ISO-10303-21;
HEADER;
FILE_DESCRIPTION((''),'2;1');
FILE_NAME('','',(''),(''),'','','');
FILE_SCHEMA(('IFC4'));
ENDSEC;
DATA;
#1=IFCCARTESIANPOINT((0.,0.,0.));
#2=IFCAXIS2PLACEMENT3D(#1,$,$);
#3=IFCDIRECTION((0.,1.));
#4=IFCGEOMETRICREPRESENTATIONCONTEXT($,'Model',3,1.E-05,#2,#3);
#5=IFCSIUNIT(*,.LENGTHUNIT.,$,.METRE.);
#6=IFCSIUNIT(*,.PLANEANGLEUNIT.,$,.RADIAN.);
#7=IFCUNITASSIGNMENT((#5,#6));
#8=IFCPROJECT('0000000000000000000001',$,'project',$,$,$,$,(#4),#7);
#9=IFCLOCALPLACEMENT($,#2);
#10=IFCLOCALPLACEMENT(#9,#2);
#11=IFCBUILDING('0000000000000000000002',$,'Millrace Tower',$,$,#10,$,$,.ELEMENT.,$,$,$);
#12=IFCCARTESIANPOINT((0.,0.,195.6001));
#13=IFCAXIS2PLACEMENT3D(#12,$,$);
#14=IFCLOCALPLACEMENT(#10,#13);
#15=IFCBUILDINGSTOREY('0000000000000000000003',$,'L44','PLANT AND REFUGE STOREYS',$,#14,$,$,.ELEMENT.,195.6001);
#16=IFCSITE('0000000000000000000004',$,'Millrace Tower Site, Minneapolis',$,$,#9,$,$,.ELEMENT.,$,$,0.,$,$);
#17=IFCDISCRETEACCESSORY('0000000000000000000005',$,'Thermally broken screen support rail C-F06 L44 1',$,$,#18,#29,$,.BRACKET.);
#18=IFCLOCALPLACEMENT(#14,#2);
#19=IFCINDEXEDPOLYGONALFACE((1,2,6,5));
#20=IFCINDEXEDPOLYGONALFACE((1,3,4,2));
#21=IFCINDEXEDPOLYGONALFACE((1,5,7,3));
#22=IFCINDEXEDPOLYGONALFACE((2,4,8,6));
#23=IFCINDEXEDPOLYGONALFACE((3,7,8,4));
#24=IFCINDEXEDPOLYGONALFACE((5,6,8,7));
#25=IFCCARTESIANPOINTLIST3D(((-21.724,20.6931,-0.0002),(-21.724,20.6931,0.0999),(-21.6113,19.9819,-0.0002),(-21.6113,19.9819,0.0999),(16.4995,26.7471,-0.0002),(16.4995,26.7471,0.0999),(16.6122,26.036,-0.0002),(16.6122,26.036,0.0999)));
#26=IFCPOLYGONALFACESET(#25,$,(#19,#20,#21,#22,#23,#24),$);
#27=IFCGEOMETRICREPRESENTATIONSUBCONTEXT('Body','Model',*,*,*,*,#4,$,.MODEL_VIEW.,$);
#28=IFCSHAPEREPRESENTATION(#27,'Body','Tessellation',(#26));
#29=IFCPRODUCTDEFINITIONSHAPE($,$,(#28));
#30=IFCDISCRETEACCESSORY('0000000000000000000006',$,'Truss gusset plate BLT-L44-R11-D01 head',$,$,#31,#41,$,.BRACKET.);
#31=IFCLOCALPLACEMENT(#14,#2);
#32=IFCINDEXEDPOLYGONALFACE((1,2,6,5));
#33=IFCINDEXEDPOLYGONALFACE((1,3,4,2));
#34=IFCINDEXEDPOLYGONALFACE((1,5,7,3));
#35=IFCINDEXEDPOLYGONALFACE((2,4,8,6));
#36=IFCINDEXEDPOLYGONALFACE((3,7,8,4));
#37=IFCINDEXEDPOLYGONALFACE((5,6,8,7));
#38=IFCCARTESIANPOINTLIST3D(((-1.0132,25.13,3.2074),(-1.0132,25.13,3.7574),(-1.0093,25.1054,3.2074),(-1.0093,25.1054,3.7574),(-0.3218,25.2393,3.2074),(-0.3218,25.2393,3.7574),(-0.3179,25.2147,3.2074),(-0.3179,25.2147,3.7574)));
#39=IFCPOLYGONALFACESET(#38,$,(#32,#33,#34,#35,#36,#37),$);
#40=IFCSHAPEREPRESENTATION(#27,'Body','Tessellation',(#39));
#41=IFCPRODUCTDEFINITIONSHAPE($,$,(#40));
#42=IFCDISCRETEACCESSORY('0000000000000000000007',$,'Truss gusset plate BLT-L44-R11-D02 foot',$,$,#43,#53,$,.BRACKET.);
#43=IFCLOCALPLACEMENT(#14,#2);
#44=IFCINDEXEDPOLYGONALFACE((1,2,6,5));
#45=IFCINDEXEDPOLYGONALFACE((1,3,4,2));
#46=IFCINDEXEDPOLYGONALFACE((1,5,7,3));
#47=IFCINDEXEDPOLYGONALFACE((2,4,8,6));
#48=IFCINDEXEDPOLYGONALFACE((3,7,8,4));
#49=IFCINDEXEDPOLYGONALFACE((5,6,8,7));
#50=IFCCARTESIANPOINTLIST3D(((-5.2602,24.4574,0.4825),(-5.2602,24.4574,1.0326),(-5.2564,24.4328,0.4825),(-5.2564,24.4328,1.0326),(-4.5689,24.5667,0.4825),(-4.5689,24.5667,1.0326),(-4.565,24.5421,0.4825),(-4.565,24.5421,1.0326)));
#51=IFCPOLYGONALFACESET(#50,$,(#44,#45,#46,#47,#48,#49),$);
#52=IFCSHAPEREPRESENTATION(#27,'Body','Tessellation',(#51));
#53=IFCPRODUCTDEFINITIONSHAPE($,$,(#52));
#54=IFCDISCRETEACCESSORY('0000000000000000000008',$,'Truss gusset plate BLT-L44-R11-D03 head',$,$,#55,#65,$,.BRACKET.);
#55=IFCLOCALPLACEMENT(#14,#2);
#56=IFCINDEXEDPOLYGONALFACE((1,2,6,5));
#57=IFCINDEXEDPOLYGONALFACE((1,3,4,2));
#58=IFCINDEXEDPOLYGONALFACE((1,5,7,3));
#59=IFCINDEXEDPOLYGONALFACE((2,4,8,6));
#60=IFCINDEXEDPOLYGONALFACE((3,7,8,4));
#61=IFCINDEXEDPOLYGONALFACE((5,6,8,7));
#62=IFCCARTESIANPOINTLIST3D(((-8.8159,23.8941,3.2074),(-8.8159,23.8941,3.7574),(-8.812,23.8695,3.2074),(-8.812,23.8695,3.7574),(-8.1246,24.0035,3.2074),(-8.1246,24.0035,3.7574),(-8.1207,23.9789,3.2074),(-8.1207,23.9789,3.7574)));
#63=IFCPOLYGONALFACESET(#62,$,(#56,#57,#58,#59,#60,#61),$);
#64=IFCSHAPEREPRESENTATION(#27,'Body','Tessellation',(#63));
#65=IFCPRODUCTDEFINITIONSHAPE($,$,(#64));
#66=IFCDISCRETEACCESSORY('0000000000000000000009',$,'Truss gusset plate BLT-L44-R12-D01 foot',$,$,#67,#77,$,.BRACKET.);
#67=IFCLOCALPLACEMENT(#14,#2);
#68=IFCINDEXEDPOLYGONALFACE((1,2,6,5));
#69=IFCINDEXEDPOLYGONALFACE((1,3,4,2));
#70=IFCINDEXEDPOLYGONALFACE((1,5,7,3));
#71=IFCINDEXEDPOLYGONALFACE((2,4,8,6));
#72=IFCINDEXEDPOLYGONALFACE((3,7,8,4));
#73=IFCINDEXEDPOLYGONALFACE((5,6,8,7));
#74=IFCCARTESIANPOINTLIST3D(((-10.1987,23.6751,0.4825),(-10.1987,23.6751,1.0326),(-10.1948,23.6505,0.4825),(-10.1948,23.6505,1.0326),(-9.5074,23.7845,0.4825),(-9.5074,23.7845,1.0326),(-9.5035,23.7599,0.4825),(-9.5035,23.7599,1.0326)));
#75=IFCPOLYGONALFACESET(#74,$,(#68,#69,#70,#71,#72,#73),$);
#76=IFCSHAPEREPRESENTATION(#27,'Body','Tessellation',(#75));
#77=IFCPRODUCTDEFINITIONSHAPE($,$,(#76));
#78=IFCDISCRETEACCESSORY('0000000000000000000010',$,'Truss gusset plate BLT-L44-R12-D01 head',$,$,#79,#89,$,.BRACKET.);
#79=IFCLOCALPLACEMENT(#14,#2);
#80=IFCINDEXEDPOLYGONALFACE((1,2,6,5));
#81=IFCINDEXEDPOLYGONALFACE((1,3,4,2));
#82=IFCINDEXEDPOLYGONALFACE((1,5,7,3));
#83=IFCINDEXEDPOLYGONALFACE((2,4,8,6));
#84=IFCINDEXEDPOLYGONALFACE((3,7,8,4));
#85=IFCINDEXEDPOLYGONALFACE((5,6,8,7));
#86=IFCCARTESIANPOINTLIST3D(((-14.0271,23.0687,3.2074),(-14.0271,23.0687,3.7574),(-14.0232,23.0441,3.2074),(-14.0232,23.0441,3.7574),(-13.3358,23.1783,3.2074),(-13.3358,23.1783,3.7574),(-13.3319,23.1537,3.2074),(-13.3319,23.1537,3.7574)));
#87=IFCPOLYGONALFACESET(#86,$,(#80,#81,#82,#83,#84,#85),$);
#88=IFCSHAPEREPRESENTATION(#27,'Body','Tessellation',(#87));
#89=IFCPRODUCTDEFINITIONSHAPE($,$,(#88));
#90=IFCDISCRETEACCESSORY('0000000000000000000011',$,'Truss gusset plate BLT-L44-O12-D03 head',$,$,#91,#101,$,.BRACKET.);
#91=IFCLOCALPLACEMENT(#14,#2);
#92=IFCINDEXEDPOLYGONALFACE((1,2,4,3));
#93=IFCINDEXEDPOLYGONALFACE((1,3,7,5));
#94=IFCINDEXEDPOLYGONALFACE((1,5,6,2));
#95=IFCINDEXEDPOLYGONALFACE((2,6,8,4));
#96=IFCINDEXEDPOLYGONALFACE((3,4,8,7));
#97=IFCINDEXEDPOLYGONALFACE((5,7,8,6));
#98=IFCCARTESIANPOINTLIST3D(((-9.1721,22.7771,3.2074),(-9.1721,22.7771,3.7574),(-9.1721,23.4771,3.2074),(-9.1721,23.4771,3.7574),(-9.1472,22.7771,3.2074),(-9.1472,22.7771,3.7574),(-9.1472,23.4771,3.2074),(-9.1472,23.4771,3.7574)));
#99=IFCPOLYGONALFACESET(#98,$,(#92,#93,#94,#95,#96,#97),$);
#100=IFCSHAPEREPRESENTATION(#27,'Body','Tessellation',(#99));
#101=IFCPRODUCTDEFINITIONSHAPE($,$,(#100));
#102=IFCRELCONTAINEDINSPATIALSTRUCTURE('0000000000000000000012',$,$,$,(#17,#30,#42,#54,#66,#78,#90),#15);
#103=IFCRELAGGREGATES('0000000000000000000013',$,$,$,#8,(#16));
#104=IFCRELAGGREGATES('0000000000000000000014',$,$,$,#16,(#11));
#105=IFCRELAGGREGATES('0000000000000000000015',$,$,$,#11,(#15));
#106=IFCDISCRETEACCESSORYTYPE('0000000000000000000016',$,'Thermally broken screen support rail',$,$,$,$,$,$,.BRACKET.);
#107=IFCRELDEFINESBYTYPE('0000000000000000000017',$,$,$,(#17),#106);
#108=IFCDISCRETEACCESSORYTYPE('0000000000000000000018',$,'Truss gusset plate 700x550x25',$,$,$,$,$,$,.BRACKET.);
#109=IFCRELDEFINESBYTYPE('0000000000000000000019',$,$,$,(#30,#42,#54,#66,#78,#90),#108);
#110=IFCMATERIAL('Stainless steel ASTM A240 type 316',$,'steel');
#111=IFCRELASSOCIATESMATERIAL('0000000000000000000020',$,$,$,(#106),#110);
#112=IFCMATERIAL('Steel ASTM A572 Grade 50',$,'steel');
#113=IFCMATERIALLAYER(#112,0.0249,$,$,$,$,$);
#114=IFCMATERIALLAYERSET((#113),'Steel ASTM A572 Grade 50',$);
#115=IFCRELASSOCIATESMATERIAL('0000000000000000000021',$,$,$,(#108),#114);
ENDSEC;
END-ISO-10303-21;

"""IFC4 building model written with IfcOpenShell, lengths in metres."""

from ifc_helpers import new_model, si_unit, direction, frame, origin, origin_2d, place, context, subcontext, project, spatial, rectangle, extrude, material, layer, layer_set, type_object, element, save


model = new_model("IFC4")

# Units and contexts
model_context = context("Model", 3, precision=1e-05, world=origin(), true_north=direction((0.0, 1.0)))
body_context = subcontext(model_context, "Body", "Model", "MODEL_VIEW")
ifc_project = project(units=[si_unit("LENGTHUNIT", "METRE"), si_unit("PLANEANGLEUNIT", "RADIAN")], contexts=[model_context])

# Site, building, storey
site_placement = place(None, origin())
site = spatial("IfcSite", under=ifc_project, at=site_placement, Name="Millrace Tower Site, Minneapolis", CompositionType="ELEMENT", RefElevation=0.0)
building_placement = place(site_placement, origin())
building = spatial("IfcBuilding", under=site, at=building_placement, Name="Millrace Tower", CompositionType="ELEMENT")
storey_placement = place(building_placement, frame((0.0, 0.0, 195.6001)))
storey = spatial("IfcBuildingStorey", under=building, at=storey_placement, Name="L44", Description="PLANT AND REFUGE STOREYS", CompositionType="ELEMENT", Elevation=195.6001)

# Discrete accessories
ifc_material_1 = material(Name="Stainless steel ASTM A240 type 316", Category="steel")
discrete_accessory_type_1 = type_object("IfcDiscreteAccessoryType", Name="Thermally broken screen support rail", PredefinedType="BRACKET", material=ifc_material_1)
discrete_accessory_placement = place(storey_placement, frame((-2.5559, 23.3645, -0.0002), z_axis=(0.0, 0.0, 1.0), x_axis=(-0.987688, -0.156434, 0.0)))
element("IfcDiscreteAccessory", 1, at=discrete_accessory_placement, inside=storey, type_object=discrete_accessory_type_1, Name="Thermally broken screen support rail C-F06 L44 1", PredefinedType="BRACKET", context=body_context, shape_type="SweptSolid", body=[
    extrude(rectangle(XDim=38.7, YDim=0.72, at=origin_2d()), origin(), (0.0, 0.0, 1.0), 0.1001),
])
ifc_material_2 = material(Name="Steel ASTM A572 Grade 50", Category="steel")
ifc_layer_1 = layer(ifc_material_2, 0.0249)
ifc_layer_set_1 = layer_set([ifc_layer_1], Name="Steel ASTM A572 Grade 50")
discrete_accessory_type_2 = type_object("IfcDiscreteAccessoryType", Name="Truss gusset plate 700x550x25", PredefinedType="BRACKET", material=ifc_layer_set_1)
for number, where, z_axis, x_axis, name in (
    (2, (-1.0112, 25.1177, 3.4824), (0.987718, 0.156249, 0.0), (-0.156249, 0.987718, 0.0), "Truss gusset plate BLT-L44-R11-D01 head"),
    (3, (-5.2583, 24.4451, 0.7576), (0.987718, 0.156249, 0.0), (-0.156249, 0.987718, 0.0), "Truss gusset plate BLT-L44-R11-D02 foot"),
    (4, (-8.814, 23.8818, 3.4824), (0.987718, 0.156249, 0.0), (-0.156249, 0.987718, 0.0), "Truss gusset plate BLT-L44-R11-D03 head"),
    (5, (-10.1968, 23.6628, 0.7576), (0.987718, 0.156249, 0.0), (-0.156249, 0.987718, 0.0), "Truss gusset plate BLT-L44-R12-D01 foot"),
    (6, (-14.0251, 23.0564, 3.4824), (0.987664, 0.156589, 0.0), (-0.156589, 0.987664, 0.0), "Truss gusset plate BLT-L44-R12-D01 head"),
    (7, (-9.1597, 22.7771, 3.4824), (0.0, 1.0, 0.0), (-1.0, 0.0, 0.0), "Truss gusset plate BLT-L44-O12-D03 head"),
):
    element("IfcDiscreteAccessory", number, at=place(storey_placement, frame(where, z_axis=z_axis, x_axis=x_axis)), inside=storey, type_object=discrete_accessory_type_2, Name=name, PredefinedType="BRACKET", context=body_context, shape_type="SweptSolid", body=[
        extrude(rectangle(XDim=0.0249, YDim=0.55, at=origin_2d()), origin(), (0.0, 0.0, 1.0), 0.7),
    ])

save(model, "model.ifc")
